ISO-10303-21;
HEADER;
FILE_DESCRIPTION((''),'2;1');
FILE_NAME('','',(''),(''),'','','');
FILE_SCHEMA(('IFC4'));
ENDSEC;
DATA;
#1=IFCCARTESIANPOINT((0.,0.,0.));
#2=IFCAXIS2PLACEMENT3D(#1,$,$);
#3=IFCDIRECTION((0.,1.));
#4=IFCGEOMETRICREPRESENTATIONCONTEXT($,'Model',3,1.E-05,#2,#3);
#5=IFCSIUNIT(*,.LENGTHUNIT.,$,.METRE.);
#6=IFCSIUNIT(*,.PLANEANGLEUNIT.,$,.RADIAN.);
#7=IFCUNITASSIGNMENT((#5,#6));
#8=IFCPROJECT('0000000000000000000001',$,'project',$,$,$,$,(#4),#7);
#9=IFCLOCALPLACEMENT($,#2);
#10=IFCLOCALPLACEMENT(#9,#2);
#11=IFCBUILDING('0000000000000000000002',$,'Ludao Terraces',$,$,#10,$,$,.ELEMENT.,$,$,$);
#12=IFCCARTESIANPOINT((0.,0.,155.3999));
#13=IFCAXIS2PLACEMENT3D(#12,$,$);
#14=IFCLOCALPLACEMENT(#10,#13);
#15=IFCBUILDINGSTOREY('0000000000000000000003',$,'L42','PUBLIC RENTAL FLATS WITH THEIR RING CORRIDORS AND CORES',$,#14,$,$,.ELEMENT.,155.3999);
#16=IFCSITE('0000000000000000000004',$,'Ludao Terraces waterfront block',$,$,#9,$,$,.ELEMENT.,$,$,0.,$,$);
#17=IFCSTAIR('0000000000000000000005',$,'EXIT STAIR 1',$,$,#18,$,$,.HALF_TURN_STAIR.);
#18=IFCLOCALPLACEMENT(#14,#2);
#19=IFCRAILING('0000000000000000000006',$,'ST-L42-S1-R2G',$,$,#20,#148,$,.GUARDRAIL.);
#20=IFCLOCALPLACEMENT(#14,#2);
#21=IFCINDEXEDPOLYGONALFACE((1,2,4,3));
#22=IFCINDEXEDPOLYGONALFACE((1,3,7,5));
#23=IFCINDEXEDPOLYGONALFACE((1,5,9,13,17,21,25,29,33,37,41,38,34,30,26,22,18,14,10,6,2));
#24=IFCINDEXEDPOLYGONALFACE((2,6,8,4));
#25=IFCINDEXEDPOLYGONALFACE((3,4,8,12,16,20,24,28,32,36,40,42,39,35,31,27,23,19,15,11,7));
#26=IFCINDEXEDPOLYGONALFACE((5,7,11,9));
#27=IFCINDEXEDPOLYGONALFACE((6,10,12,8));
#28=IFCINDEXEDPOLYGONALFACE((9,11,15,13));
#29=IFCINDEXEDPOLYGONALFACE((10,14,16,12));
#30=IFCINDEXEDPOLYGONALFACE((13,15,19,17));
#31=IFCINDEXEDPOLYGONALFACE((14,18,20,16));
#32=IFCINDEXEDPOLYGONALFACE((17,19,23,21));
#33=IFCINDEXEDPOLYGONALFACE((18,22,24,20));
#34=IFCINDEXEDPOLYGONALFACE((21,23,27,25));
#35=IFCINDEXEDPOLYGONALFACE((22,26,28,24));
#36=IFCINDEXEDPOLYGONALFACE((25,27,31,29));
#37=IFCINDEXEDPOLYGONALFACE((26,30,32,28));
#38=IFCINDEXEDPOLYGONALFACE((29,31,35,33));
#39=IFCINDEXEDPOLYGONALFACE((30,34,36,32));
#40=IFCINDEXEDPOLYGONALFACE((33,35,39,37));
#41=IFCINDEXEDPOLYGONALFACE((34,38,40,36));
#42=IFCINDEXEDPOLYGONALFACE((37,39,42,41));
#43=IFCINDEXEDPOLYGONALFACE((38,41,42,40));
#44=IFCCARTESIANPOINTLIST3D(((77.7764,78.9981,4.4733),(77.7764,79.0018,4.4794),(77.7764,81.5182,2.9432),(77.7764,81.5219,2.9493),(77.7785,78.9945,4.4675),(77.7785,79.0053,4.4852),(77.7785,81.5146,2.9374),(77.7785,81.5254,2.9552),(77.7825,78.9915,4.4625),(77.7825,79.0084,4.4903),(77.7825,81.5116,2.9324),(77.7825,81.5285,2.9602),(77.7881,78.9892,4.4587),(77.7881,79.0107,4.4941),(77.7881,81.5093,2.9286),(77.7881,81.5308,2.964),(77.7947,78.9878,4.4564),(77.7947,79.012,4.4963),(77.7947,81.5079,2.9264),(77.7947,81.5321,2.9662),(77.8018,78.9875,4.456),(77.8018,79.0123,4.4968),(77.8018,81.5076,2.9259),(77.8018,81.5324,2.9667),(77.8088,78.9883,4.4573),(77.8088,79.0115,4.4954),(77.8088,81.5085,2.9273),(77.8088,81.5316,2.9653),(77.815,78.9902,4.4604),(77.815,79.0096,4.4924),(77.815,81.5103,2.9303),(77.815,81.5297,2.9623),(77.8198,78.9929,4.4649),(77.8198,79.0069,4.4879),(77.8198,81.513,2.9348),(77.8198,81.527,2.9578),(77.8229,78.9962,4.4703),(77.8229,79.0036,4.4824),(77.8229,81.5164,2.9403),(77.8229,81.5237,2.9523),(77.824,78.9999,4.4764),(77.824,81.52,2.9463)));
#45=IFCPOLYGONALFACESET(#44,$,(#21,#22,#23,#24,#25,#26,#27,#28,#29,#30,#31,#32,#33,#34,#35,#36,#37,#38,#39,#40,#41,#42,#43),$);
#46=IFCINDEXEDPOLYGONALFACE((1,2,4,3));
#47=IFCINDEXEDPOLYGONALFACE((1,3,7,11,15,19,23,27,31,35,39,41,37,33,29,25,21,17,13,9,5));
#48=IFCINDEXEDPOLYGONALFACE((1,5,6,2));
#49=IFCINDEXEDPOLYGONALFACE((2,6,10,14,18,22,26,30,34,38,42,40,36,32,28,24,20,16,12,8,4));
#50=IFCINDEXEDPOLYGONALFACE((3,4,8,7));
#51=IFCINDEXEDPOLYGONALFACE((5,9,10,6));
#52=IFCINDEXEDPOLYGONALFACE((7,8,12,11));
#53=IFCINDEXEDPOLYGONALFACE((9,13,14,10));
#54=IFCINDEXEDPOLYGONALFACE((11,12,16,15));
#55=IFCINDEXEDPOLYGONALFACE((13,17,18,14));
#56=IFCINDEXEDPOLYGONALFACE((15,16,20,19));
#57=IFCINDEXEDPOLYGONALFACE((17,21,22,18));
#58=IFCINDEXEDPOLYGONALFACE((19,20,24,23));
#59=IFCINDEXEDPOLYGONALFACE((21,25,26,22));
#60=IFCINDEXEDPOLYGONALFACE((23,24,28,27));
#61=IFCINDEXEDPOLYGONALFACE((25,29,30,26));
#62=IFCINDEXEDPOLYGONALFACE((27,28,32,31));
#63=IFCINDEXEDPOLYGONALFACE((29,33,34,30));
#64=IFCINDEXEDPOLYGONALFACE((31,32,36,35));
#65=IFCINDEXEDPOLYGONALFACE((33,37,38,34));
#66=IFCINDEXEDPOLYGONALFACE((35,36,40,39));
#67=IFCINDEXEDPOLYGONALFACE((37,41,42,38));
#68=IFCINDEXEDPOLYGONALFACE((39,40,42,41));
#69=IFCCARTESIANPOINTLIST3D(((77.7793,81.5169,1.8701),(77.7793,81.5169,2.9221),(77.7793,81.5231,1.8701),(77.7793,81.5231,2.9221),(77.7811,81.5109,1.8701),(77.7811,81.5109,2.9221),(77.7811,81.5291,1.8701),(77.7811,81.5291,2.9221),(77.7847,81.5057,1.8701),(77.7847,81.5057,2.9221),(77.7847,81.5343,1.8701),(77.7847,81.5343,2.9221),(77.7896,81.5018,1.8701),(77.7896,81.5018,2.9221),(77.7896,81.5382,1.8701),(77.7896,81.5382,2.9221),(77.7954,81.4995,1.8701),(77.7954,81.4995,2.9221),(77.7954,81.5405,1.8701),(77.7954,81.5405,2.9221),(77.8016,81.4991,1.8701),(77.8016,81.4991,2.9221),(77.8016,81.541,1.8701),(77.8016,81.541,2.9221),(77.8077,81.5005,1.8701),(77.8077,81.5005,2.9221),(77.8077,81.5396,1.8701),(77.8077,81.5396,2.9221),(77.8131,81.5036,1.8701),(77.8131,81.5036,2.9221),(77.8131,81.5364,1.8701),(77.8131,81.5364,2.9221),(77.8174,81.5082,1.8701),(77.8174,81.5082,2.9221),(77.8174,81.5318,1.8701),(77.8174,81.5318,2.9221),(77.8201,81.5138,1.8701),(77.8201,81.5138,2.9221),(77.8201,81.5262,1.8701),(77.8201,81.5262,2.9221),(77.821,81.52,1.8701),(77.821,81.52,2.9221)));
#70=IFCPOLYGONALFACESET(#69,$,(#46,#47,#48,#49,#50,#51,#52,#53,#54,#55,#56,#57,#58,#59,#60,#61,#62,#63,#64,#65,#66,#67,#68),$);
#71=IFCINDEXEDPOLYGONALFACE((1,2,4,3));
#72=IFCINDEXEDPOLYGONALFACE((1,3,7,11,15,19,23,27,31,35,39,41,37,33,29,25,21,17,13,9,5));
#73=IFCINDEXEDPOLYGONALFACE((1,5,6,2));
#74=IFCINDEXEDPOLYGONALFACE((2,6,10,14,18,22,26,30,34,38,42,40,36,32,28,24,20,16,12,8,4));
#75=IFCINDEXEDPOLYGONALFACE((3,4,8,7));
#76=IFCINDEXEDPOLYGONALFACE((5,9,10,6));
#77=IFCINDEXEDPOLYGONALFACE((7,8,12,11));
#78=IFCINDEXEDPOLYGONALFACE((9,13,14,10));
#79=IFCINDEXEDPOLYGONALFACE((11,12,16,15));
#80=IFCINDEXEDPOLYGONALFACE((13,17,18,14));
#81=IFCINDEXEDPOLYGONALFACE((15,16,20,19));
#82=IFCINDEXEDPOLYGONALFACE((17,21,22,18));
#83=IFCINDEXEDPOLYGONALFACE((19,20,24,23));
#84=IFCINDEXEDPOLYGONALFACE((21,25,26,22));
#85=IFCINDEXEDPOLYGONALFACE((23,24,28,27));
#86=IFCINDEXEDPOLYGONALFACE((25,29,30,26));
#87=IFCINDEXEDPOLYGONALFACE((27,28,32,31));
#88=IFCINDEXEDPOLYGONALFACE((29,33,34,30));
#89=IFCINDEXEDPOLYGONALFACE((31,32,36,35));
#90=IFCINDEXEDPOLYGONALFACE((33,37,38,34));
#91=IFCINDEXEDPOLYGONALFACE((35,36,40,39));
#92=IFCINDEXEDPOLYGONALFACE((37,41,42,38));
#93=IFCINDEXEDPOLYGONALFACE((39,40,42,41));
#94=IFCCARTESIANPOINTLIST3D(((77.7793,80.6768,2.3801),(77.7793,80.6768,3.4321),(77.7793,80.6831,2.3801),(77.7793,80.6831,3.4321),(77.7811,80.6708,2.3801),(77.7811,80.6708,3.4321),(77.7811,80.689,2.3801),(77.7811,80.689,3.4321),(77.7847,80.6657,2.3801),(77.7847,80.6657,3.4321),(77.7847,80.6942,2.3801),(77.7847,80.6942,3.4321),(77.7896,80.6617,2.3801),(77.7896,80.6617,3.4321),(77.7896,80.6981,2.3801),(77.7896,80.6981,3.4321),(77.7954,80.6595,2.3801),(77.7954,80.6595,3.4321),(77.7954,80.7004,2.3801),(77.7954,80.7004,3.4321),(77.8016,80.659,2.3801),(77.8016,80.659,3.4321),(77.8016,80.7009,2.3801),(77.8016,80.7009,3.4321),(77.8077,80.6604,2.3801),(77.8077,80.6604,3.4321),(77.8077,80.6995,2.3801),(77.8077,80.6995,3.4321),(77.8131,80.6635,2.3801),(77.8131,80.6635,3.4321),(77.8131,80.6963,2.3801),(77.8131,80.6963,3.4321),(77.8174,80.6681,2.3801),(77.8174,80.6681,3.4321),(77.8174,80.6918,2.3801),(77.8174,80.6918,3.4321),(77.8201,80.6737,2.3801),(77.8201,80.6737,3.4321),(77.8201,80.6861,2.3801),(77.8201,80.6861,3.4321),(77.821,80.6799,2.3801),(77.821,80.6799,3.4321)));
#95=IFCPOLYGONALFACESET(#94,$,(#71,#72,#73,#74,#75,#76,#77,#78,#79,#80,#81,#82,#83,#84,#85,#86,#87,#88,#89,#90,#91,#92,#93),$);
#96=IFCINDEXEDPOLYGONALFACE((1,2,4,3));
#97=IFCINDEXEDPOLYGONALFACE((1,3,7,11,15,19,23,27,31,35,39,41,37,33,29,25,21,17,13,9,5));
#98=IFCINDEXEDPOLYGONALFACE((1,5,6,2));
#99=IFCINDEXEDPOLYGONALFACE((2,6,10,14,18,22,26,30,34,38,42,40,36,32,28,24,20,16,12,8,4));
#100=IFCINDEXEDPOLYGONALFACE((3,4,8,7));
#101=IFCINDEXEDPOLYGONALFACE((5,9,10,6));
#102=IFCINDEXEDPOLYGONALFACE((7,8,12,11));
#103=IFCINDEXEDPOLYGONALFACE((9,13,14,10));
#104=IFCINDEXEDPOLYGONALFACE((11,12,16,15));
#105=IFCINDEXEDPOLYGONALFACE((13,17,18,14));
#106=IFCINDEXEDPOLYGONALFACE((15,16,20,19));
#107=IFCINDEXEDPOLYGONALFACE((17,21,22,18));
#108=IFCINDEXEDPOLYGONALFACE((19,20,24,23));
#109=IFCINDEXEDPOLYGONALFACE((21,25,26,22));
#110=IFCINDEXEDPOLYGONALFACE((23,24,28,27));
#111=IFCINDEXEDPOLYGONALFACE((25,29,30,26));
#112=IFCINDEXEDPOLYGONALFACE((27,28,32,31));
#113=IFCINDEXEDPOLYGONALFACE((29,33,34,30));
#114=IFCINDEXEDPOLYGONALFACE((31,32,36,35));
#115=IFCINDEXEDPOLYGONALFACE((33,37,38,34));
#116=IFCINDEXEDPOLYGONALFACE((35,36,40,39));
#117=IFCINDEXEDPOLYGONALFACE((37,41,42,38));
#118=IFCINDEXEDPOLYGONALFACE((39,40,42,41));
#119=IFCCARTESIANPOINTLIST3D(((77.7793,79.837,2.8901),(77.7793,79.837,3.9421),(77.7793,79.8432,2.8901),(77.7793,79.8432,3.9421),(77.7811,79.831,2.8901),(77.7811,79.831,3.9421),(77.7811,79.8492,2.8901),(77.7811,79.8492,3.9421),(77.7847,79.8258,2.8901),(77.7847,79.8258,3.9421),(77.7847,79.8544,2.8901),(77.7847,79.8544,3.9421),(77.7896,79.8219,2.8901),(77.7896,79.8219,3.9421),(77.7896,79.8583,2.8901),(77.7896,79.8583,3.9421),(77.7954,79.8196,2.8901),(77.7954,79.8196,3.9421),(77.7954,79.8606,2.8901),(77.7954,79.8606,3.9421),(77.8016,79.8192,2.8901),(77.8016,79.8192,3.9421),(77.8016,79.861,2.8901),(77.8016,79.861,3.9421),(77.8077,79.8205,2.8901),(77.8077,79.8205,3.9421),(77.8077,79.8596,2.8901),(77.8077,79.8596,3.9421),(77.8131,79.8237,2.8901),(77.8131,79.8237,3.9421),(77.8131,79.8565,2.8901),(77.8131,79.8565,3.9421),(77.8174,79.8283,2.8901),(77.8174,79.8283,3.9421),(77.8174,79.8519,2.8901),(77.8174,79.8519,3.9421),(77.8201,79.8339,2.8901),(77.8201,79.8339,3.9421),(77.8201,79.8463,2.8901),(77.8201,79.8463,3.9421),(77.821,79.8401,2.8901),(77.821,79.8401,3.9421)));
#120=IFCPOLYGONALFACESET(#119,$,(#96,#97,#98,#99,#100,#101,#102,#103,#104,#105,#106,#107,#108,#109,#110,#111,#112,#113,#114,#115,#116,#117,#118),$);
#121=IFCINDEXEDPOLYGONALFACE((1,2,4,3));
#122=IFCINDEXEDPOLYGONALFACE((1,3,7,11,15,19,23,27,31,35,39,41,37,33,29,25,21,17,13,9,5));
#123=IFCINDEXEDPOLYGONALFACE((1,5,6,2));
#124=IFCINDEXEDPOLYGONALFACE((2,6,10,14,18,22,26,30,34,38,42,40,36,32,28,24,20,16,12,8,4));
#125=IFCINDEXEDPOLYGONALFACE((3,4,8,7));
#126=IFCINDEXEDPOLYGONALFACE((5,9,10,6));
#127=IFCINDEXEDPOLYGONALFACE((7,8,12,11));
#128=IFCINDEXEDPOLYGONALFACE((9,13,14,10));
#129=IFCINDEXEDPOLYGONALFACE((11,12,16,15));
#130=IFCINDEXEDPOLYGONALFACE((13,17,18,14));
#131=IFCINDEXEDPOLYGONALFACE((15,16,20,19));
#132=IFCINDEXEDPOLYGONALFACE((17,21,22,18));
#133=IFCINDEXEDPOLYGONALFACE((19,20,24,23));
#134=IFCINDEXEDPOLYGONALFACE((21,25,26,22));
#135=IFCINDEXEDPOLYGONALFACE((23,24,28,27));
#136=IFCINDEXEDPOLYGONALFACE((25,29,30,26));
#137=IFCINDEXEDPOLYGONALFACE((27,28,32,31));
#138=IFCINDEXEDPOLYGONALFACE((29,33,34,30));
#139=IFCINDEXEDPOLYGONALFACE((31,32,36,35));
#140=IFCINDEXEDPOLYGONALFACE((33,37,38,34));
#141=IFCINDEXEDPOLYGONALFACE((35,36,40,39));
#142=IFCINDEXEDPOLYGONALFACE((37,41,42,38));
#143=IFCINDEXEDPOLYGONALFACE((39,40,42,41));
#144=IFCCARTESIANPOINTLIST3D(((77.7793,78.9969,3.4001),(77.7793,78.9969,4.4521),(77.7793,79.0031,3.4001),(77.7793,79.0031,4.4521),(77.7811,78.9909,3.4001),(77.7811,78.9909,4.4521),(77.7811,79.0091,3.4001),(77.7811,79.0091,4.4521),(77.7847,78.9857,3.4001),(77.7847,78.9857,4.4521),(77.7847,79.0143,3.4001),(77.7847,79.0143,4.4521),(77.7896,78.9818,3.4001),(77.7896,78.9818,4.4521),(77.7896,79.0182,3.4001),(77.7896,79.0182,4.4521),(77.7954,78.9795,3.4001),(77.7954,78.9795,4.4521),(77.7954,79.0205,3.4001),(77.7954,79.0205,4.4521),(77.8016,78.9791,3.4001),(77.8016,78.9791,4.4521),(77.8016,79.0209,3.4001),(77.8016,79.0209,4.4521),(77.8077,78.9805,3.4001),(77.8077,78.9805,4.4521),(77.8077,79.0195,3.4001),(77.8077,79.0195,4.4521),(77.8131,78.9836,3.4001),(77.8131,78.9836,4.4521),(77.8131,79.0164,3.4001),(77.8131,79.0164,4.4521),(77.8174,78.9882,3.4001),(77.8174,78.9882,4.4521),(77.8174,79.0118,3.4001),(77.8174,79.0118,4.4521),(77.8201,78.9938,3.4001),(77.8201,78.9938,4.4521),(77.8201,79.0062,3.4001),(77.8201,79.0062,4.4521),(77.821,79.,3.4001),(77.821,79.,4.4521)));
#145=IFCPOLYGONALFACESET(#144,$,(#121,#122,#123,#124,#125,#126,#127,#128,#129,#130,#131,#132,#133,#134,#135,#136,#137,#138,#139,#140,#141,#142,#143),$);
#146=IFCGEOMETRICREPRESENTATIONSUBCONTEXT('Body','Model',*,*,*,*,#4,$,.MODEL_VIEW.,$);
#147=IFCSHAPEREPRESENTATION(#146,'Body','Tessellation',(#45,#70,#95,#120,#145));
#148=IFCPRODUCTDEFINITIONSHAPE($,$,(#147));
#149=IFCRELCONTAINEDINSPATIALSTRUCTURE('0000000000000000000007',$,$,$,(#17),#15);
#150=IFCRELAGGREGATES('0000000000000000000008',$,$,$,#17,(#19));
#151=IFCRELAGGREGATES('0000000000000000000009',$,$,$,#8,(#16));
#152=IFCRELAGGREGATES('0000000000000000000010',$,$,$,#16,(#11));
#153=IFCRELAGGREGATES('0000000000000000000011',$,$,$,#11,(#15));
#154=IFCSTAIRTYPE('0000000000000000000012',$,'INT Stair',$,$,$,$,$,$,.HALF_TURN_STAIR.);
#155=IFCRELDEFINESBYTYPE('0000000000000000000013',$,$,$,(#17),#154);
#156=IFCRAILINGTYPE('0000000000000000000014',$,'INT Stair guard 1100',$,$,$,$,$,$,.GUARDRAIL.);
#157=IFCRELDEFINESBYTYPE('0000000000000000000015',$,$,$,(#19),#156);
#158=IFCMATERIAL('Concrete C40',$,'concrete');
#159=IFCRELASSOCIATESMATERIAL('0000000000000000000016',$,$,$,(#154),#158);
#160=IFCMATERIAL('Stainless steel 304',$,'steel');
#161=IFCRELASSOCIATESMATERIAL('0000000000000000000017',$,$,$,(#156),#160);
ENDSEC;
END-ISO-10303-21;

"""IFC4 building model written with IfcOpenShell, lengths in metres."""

from ifc_helpers import new_model, si_unit, direction, frame, origin, origin_2d, place, context, subcontext, project, spatial, circle, extrude, material, type_object, element, aggregate, save


model = new_model("IFC4")

# Units and contexts
model_context = context("Model", 3, precision=1e-05, world=origin(), true_north=direction((0.0, 1.0)))
body_context = subcontext(model_context, "Body", "Model", "MODEL_VIEW")
ifc_project = project(units=[si_unit("LENGTHUNIT", "METRE"), si_unit("PLANEANGLEUNIT", "RADIAN")], contexts=[model_context])

# Site, building, storey
site_placement = place(None, origin())
site = spatial("IfcSite", under=ifc_project, at=site_placement, Name="Ludao Terraces waterfront block", CompositionType="ELEMENT", RefElevation=0.0)
building_placement = place(site_placement, origin())
building = spatial("IfcBuilding", under=site, at=building_placement, Name="Ludao Terraces", CompositionType="ELEMENT")
storey_placement = place(building_placement, frame((0.0, 0.0, 155.3999)))
storey = spatial("IfcBuildingStorey", under=building, at=storey_placement, Name="L42", Description="PUBLIC RENTAL FLATS WITH THEIR RING CORRIDORS AND CORES", CompositionType="ELEMENT", Elevation=155.3999)

# Shared definitions
ifc_material_1 = material(Name="Stainless steel 304", Category="steel")

# Stair, railing
ifc_material_2 = material(Name="Concrete C40", Category="concrete")
stair_type = type_object("IfcStairType", Name="INT Stair", PredefinedType="HALF_TURN_STAIR", material=ifc_material_2)
stair_placement = place(storey_placement, origin())
stair = element("IfcStair", 1, at=stair_placement, inside=storey, type_object=stair_type, Name="EXIT STAIR 1", PredefinedType="HALF_TURN_STAIR")
railing_type_1 = type_object("IfcRailingType", Name="INT Stair guard 1100", PredefinedType="GUARDRAIL", material=ifc_material_1)
railing_1_placement = place(storey_placement, frame((77.8, 81.52, 1.8701)))
railing_1 = element("IfcRailing", 2, at=railing_1_placement, type_object=railing_type_1, Name="ST-L42-S1-R2G", PredefinedType="GUARDRAIL", context=body_context, shape_type="SweptSolid", body=[
    extrude(circle(Radius=0.0239, at=origin_2d()), frame((0.0, 0.0, 1.0762), z_axis=(0.0, -0.854785, 0.518982), x_axis=(1.0, 0.0, 0.0)), (0.0, 0.0, 1.0), 2.9482),
    extrude(circle(Radius=0.021, at=origin_2d()), origin(), (0.0, 0.0, 1.0), 1.052),
    extrude(circle(Radius=0.021, at=origin_2d()), frame((0.0, -0.8401, 0.51)), (0.0, 0.0, 1.0), 1.052),
    extrude(circle(Radius=0.021, at=origin_2d()), frame((0.0, -1.6799, 1.02)), (0.0, 0.0, 1.0), 1.052),
    extrude(circle(Radius=0.021, at=origin_2d()), frame((0.0, -2.52, 1.53)), (0.0, 0.0, 1.0), 1.052),
])
aggregate(stair, [railing_1])

save(model, "model.ifc")
